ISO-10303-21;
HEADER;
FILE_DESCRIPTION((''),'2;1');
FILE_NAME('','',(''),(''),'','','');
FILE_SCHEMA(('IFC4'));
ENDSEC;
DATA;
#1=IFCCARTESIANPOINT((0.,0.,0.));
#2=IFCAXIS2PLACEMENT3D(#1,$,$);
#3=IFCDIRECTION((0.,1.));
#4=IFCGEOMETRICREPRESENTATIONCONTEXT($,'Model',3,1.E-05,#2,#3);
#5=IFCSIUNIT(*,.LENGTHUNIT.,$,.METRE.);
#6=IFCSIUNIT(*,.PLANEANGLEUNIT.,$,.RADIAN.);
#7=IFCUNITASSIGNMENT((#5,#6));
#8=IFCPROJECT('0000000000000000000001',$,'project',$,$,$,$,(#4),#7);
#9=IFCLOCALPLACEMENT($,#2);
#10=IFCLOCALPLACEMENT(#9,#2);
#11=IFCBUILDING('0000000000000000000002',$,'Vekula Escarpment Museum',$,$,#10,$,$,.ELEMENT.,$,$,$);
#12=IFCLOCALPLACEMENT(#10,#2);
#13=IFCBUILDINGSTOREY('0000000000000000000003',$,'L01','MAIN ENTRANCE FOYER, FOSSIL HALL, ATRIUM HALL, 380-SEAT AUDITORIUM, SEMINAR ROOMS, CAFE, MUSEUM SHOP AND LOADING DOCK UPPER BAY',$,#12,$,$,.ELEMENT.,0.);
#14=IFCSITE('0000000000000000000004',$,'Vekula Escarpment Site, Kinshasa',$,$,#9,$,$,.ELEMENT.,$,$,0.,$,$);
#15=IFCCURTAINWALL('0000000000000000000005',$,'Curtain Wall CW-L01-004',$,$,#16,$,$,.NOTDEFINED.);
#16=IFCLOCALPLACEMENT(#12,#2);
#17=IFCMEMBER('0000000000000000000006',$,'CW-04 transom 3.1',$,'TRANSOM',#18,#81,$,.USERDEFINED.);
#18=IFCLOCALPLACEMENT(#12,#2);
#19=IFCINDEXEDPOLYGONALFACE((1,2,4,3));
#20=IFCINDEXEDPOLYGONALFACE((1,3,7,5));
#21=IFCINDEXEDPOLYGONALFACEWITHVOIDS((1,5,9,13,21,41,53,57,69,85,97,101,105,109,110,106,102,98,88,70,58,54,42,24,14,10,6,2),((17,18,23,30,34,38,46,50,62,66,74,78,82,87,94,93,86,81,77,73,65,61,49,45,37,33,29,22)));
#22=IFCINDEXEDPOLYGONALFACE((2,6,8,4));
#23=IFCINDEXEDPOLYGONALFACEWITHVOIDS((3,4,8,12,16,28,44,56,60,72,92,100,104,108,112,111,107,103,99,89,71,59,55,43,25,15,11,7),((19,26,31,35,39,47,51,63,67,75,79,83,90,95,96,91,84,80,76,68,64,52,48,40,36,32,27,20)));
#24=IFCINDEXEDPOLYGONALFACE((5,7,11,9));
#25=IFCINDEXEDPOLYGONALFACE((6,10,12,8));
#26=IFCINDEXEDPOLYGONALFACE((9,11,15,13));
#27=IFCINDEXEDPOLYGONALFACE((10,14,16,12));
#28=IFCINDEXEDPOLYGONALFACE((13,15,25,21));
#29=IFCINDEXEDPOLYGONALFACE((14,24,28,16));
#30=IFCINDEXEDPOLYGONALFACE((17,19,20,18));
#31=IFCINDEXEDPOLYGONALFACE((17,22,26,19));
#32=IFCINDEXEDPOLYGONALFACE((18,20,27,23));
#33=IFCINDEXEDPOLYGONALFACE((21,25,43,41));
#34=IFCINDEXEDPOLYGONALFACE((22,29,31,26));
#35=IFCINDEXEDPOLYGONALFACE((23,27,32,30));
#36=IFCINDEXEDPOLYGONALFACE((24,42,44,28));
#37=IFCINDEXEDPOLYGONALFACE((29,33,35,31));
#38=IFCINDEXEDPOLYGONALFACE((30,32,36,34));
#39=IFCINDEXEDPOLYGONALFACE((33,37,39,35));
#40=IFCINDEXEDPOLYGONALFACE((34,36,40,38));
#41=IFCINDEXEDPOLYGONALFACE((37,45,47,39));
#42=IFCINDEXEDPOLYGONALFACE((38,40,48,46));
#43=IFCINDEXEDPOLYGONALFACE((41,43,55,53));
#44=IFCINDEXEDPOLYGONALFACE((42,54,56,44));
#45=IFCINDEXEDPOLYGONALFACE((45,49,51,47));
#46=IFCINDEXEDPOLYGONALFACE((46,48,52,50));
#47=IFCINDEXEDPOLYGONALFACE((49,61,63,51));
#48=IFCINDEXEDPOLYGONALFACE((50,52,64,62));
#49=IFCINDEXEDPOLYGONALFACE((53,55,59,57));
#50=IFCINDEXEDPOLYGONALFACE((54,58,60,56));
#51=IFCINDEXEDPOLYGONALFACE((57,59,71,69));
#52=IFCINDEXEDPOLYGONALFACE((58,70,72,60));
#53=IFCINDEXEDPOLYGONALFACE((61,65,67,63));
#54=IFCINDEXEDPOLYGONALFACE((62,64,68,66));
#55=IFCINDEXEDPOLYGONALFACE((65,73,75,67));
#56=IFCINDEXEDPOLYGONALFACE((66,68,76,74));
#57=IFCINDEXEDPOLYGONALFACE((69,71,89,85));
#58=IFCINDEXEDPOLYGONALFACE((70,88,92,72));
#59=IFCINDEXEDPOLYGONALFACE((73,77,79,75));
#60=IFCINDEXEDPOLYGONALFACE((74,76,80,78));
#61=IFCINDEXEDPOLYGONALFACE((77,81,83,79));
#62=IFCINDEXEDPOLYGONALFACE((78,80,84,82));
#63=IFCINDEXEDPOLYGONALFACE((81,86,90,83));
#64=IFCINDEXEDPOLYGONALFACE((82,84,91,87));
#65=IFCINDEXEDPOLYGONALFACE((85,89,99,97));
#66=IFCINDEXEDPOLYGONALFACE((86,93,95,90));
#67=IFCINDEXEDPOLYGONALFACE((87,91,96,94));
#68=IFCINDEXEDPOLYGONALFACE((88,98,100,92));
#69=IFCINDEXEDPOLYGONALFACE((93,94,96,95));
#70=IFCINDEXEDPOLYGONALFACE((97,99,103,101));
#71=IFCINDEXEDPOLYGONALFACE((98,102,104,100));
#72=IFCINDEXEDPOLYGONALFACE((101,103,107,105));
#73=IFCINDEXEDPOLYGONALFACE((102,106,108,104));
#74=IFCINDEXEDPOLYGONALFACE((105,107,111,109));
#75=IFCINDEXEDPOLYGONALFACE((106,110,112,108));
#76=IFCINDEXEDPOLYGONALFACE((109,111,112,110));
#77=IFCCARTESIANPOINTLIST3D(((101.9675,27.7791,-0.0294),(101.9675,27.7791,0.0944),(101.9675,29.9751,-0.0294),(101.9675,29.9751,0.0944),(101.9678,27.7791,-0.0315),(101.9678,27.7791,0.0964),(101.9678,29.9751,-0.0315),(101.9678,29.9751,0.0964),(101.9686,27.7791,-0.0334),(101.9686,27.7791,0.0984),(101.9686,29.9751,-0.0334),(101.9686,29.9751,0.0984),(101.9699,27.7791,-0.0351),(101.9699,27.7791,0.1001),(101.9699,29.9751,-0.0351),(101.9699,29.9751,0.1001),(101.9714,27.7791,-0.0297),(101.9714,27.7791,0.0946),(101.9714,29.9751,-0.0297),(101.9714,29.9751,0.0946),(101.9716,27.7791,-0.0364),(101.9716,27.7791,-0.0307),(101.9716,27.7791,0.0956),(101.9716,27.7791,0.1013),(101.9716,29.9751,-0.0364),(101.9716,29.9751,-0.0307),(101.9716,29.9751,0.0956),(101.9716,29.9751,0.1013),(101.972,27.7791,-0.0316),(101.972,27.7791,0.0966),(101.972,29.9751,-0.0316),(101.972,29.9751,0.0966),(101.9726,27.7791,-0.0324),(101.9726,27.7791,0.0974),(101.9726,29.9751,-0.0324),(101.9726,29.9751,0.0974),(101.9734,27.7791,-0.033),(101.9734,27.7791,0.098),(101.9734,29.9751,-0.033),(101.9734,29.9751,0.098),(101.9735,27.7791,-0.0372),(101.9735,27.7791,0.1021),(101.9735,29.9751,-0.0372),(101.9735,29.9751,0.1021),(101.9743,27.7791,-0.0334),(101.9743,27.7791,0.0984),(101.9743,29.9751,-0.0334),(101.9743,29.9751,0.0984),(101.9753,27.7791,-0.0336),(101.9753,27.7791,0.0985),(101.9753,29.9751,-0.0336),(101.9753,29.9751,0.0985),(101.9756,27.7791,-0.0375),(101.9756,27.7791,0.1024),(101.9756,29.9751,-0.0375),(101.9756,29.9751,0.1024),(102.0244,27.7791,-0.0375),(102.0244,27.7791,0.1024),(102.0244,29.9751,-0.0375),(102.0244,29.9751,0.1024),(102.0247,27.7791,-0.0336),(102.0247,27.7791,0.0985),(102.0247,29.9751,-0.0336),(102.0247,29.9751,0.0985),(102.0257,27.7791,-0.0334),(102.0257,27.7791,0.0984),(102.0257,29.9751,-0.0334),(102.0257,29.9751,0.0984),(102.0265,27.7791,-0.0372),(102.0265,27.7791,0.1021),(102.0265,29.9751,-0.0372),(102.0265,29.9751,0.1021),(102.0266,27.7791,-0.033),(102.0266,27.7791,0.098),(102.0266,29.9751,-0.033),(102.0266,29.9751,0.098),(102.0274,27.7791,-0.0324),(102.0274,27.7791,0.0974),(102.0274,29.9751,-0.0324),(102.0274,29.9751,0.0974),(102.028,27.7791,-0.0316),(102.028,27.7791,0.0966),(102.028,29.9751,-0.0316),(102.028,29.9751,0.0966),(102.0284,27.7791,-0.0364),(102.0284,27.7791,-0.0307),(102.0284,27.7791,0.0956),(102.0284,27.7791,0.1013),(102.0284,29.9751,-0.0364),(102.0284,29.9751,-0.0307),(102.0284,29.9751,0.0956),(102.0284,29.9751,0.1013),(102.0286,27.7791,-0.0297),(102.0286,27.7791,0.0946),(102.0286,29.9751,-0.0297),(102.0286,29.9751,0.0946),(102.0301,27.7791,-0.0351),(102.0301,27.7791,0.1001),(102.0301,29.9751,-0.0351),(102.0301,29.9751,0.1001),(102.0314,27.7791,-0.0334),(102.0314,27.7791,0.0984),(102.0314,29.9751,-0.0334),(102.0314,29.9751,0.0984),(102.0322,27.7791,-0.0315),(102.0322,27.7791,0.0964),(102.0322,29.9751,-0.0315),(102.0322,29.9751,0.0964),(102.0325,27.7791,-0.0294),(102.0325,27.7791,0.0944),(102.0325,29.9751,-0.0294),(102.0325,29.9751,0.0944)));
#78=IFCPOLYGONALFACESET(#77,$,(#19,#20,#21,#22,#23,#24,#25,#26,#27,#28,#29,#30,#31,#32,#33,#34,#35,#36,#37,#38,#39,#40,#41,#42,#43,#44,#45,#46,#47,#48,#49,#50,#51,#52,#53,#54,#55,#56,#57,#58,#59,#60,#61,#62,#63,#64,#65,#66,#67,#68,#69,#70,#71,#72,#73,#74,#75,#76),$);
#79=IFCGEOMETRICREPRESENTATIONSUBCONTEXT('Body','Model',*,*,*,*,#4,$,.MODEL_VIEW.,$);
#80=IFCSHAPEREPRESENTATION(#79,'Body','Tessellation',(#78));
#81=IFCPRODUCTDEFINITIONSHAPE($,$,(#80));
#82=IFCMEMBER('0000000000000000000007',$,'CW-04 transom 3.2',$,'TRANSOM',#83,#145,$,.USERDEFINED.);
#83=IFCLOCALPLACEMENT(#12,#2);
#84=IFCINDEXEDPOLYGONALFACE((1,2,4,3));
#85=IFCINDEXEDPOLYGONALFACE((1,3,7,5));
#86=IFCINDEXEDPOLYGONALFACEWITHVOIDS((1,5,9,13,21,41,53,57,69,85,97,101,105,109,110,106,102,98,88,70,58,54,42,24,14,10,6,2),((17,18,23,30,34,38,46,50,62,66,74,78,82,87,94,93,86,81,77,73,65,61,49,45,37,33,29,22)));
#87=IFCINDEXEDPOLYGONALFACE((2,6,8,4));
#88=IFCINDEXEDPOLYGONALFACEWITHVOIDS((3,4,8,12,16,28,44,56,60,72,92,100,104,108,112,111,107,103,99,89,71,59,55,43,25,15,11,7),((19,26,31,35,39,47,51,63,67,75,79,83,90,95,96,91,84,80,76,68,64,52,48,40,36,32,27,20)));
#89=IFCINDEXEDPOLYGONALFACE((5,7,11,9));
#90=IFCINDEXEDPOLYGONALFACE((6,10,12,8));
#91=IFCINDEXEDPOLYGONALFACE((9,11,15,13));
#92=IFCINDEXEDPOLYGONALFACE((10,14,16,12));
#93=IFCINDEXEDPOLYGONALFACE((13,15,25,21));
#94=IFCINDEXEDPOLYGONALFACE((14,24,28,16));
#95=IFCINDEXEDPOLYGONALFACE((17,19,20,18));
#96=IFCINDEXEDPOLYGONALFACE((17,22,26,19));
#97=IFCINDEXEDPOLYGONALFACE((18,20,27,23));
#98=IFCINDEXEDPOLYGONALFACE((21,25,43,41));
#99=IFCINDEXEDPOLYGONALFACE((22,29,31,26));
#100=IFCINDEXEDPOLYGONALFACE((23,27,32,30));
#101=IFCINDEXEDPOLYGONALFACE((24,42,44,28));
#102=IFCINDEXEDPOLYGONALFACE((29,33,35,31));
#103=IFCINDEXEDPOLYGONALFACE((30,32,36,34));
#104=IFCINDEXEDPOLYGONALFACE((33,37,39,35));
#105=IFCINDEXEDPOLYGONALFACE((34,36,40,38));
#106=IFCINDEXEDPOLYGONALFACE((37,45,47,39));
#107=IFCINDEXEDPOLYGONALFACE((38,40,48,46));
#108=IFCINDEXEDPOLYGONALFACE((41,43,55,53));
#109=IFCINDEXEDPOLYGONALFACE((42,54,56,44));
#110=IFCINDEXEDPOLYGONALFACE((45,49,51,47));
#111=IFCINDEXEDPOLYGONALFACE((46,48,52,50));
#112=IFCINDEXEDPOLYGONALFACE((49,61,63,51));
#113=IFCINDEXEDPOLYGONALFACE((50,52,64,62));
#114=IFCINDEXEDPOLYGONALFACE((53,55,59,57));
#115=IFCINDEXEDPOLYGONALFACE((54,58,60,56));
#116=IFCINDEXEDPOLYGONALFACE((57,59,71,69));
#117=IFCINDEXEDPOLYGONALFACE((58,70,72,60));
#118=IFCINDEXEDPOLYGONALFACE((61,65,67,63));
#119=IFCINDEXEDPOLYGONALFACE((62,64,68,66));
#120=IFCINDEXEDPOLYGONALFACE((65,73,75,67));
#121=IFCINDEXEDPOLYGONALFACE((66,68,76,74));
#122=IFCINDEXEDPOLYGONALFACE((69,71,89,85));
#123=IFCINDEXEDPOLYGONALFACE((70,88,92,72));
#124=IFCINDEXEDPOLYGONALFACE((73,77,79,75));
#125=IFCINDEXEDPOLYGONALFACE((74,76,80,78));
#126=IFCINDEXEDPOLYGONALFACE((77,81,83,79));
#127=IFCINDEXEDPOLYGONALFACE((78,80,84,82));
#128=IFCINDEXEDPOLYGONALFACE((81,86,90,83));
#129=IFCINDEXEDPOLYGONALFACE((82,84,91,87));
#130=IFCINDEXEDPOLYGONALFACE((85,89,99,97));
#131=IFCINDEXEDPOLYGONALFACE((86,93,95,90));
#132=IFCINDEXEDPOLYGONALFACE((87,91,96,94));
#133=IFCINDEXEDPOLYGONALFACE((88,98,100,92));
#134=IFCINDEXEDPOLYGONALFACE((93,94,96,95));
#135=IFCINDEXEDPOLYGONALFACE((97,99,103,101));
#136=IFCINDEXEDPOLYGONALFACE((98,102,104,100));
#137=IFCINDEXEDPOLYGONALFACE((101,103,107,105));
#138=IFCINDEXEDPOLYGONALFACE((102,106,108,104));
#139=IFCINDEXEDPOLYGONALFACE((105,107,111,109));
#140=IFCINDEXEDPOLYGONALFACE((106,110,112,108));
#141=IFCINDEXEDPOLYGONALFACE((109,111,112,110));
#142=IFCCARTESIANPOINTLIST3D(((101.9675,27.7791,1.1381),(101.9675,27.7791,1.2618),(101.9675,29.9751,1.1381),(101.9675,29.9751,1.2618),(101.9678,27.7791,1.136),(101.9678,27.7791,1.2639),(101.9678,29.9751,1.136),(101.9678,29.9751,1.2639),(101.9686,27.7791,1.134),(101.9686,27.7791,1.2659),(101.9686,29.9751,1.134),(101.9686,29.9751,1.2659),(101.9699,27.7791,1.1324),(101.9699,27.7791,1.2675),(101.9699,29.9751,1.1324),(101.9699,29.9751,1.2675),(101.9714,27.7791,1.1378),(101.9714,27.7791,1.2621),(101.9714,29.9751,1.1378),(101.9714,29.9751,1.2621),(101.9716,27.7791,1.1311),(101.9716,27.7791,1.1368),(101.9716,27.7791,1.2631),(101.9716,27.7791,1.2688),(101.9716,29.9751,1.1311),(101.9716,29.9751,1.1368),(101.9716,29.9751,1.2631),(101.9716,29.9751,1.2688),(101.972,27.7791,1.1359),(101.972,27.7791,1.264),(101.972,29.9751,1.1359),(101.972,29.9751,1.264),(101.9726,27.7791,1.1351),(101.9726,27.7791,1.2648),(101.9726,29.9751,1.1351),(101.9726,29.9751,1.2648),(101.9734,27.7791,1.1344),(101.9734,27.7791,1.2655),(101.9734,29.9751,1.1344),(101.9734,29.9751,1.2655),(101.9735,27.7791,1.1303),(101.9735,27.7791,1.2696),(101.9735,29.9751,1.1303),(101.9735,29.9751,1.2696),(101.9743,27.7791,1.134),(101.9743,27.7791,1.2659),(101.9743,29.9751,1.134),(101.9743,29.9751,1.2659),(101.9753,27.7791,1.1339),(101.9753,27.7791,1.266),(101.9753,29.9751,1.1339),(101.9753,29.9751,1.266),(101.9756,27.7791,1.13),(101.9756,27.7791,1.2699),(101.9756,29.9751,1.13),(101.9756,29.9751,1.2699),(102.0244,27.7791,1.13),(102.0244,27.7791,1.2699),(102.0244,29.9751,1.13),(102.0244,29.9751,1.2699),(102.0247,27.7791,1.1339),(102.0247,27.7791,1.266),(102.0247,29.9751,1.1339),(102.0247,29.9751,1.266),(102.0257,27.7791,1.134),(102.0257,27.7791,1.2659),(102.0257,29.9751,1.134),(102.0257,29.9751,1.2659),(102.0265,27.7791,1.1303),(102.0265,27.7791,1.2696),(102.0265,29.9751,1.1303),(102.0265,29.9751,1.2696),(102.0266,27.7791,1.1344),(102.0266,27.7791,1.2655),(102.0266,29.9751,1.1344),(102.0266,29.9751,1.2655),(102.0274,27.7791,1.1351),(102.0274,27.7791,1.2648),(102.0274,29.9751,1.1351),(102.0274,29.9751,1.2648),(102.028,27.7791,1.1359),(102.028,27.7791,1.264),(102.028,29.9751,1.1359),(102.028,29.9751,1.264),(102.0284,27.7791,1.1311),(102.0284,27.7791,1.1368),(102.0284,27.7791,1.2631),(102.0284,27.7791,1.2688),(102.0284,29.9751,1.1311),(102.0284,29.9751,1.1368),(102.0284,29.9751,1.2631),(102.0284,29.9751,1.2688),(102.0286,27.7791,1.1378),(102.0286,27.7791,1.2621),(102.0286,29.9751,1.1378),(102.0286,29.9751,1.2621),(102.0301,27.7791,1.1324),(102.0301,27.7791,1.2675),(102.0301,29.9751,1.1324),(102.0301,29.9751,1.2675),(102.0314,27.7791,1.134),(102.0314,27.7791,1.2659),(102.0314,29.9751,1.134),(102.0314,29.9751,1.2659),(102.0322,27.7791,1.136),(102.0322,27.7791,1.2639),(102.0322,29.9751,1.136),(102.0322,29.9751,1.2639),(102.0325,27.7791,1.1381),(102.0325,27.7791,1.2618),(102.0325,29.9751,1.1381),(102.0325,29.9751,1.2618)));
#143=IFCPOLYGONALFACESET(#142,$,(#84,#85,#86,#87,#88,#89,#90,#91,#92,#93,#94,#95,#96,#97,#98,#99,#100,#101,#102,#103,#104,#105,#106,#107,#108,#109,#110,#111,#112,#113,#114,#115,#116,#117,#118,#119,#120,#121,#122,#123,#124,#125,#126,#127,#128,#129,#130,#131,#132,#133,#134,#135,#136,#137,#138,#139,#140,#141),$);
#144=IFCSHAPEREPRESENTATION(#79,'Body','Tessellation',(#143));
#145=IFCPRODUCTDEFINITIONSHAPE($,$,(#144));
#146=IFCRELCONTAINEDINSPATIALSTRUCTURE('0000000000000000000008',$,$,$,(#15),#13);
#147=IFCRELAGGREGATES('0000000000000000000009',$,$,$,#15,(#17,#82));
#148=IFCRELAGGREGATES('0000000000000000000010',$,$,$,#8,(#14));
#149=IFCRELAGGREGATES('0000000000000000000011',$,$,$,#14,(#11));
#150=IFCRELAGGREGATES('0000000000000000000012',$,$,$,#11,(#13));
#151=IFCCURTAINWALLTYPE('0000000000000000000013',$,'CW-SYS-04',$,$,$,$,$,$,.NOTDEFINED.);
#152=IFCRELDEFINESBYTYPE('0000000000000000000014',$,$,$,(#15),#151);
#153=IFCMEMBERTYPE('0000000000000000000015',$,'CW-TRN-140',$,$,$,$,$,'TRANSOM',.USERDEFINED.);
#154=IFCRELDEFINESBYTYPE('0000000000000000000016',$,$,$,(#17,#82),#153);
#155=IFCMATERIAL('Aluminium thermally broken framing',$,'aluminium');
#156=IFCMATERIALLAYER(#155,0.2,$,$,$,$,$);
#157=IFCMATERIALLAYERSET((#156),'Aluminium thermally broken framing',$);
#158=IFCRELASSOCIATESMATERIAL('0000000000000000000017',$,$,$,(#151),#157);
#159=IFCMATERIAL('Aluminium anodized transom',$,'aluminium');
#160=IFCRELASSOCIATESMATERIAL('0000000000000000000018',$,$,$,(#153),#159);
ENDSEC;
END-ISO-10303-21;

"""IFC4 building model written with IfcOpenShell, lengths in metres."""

from ifc_helpers import new_model, si_unit, direction, frame, origin, origin_2d, place, context, subcontext, project, spatial, hollow_rectangle, extrude, material, layer, layer_set, material_profile, profile_set, type_object, element, aggregate, save


model = new_model("IFC4")

# Units and contexts
model_context = context("Model", 3, precision=1e-05, world=origin(), true_north=direction((0.0, 1.0)))
body_context = subcontext(model_context, "Body", "Model", "MODEL_VIEW")
ifc_project = project(units=[si_unit("LENGTHUNIT", "METRE"), si_unit("PLANEANGLEUNIT", "RADIAN")], contexts=[model_context])

# Site, building, storey
site_placement = place(None, origin())
site = spatial("IfcSite", under=ifc_project, at=site_placement, Name="Vekula Escarpment Site, Kinshasa", CompositionType="ELEMENT", RefElevation=0.0)
building_placement = place(site_placement, origin())
building = spatial("IfcBuilding", under=site, at=building_placement, Name="Vekula Escarpment Museum", CompositionType="ELEMENT")
storey_placement = place(building_placement, origin())
storey = spatial("IfcBuildingStorey", under=building, at=storey_placement, Name="L01", Description="MAIN ENTRANCE FOYER, FOSSIL HALL, ATRIUM HALL, 380-SEAT AUDITORIUM, SEMINAR ROOMS, CAFE, MUSEUM SHOP AND LOADING DOCK UPPER BAY", CompositionType="ELEMENT", Elevation=0.0)

# Curtain wall
ifc_material_1 = material(Name="Aluminium thermally broken framing", Category="aluminium")
ifc_layer_1 = layer(ifc_material_1, 0.2)
ifc_layer_set_1 = layer_set([ifc_layer_1], Name="Aluminium thermally broken framing")
curtain_wall_type_1 = type_object("IfcCurtainWallType", Name="CW-SYS-04", PredefinedType="NOTDEFINED", material=ifc_layer_set_1)
curtain_wall_1_placement = place(storey_placement, origin())
curtain_wall_1 = element("IfcCurtainWall", 1, at=curtain_wall_1_placement, inside=storey, type_object=curtain_wall_type_1, Name="Curtain Wall CW-L01-004", PredefinedType="NOTDEFINED")

# Members
ifc_material_2 = material(Name="Aluminium anodized transom", Category="aluminium")
ifc_material_profile_1 = material_profile(ifc_material_2, hollow_rectangle(XDim=0.0649, YDim=0.1399, WallThickness=0.0039, InnerFilletRadius=0.0039, OuterFilletRadius=0.0081, at=origin_2d()), Name="ALU 140x65x4")
ifc_profile_set_1 = profile_set([ifc_material_profile_1], Name="Aluminium anodized transom")
member_type_1 = type_object("IfcMemberType", Name="CW-TRN-140", ElementType="TRANSOM", PredefinedType="USERDEFINED", material=ifc_profile_set_1)
member_1_placement = place(storey_placement, frame((102.0, 27.7791, 0.0325), z_axis=(0.0, 1.0, 0.0), x_axis=(-1.0, 0.0, 0.0)))
member_1 = element("IfcMember", 2, at=member_1_placement, type_object=member_type_1, Name="CW-04 transom 3.1", ObjectType="TRANSOM", PredefinedType="USERDEFINED", context=body_context, shape_type="SweptSolid", body=[
    extrude(hollow_rectangle(XDim=0.0649, YDim=0.1399, WallThickness=0.0039, InnerFilletRadius=0.0039, OuterFilletRadius=0.0081, at=origin_2d()), origin(), (0.0, 0.0, 1.0), 2.196),
])
member_2_placement = place(storey_placement, frame((102.0, 27.7791, 1.2), z_axis=(0.0, 1.0, 0.0), x_axis=(-1.0, 0.0, 0.0)))
member_2 = element("IfcMember", 3, at=member_2_placement, type_object=member_type_1, Name="CW-04 transom 3.2", ObjectType="TRANSOM", PredefinedType="USERDEFINED", context=body_context, shape_type="SweptSolid", body=[
    extrude(hollow_rectangle(XDim=0.0649, YDim=0.1399, WallThickness=0.0039, InnerFilletRadius=0.0039, OuterFilletRadius=0.0081, at=origin_2d()), origin(), (0.0, 0.0, 1.0), 2.196),
])

aggregate(curtain_wall_1, [member_1, member_2])

save(model, "model.ifc")
